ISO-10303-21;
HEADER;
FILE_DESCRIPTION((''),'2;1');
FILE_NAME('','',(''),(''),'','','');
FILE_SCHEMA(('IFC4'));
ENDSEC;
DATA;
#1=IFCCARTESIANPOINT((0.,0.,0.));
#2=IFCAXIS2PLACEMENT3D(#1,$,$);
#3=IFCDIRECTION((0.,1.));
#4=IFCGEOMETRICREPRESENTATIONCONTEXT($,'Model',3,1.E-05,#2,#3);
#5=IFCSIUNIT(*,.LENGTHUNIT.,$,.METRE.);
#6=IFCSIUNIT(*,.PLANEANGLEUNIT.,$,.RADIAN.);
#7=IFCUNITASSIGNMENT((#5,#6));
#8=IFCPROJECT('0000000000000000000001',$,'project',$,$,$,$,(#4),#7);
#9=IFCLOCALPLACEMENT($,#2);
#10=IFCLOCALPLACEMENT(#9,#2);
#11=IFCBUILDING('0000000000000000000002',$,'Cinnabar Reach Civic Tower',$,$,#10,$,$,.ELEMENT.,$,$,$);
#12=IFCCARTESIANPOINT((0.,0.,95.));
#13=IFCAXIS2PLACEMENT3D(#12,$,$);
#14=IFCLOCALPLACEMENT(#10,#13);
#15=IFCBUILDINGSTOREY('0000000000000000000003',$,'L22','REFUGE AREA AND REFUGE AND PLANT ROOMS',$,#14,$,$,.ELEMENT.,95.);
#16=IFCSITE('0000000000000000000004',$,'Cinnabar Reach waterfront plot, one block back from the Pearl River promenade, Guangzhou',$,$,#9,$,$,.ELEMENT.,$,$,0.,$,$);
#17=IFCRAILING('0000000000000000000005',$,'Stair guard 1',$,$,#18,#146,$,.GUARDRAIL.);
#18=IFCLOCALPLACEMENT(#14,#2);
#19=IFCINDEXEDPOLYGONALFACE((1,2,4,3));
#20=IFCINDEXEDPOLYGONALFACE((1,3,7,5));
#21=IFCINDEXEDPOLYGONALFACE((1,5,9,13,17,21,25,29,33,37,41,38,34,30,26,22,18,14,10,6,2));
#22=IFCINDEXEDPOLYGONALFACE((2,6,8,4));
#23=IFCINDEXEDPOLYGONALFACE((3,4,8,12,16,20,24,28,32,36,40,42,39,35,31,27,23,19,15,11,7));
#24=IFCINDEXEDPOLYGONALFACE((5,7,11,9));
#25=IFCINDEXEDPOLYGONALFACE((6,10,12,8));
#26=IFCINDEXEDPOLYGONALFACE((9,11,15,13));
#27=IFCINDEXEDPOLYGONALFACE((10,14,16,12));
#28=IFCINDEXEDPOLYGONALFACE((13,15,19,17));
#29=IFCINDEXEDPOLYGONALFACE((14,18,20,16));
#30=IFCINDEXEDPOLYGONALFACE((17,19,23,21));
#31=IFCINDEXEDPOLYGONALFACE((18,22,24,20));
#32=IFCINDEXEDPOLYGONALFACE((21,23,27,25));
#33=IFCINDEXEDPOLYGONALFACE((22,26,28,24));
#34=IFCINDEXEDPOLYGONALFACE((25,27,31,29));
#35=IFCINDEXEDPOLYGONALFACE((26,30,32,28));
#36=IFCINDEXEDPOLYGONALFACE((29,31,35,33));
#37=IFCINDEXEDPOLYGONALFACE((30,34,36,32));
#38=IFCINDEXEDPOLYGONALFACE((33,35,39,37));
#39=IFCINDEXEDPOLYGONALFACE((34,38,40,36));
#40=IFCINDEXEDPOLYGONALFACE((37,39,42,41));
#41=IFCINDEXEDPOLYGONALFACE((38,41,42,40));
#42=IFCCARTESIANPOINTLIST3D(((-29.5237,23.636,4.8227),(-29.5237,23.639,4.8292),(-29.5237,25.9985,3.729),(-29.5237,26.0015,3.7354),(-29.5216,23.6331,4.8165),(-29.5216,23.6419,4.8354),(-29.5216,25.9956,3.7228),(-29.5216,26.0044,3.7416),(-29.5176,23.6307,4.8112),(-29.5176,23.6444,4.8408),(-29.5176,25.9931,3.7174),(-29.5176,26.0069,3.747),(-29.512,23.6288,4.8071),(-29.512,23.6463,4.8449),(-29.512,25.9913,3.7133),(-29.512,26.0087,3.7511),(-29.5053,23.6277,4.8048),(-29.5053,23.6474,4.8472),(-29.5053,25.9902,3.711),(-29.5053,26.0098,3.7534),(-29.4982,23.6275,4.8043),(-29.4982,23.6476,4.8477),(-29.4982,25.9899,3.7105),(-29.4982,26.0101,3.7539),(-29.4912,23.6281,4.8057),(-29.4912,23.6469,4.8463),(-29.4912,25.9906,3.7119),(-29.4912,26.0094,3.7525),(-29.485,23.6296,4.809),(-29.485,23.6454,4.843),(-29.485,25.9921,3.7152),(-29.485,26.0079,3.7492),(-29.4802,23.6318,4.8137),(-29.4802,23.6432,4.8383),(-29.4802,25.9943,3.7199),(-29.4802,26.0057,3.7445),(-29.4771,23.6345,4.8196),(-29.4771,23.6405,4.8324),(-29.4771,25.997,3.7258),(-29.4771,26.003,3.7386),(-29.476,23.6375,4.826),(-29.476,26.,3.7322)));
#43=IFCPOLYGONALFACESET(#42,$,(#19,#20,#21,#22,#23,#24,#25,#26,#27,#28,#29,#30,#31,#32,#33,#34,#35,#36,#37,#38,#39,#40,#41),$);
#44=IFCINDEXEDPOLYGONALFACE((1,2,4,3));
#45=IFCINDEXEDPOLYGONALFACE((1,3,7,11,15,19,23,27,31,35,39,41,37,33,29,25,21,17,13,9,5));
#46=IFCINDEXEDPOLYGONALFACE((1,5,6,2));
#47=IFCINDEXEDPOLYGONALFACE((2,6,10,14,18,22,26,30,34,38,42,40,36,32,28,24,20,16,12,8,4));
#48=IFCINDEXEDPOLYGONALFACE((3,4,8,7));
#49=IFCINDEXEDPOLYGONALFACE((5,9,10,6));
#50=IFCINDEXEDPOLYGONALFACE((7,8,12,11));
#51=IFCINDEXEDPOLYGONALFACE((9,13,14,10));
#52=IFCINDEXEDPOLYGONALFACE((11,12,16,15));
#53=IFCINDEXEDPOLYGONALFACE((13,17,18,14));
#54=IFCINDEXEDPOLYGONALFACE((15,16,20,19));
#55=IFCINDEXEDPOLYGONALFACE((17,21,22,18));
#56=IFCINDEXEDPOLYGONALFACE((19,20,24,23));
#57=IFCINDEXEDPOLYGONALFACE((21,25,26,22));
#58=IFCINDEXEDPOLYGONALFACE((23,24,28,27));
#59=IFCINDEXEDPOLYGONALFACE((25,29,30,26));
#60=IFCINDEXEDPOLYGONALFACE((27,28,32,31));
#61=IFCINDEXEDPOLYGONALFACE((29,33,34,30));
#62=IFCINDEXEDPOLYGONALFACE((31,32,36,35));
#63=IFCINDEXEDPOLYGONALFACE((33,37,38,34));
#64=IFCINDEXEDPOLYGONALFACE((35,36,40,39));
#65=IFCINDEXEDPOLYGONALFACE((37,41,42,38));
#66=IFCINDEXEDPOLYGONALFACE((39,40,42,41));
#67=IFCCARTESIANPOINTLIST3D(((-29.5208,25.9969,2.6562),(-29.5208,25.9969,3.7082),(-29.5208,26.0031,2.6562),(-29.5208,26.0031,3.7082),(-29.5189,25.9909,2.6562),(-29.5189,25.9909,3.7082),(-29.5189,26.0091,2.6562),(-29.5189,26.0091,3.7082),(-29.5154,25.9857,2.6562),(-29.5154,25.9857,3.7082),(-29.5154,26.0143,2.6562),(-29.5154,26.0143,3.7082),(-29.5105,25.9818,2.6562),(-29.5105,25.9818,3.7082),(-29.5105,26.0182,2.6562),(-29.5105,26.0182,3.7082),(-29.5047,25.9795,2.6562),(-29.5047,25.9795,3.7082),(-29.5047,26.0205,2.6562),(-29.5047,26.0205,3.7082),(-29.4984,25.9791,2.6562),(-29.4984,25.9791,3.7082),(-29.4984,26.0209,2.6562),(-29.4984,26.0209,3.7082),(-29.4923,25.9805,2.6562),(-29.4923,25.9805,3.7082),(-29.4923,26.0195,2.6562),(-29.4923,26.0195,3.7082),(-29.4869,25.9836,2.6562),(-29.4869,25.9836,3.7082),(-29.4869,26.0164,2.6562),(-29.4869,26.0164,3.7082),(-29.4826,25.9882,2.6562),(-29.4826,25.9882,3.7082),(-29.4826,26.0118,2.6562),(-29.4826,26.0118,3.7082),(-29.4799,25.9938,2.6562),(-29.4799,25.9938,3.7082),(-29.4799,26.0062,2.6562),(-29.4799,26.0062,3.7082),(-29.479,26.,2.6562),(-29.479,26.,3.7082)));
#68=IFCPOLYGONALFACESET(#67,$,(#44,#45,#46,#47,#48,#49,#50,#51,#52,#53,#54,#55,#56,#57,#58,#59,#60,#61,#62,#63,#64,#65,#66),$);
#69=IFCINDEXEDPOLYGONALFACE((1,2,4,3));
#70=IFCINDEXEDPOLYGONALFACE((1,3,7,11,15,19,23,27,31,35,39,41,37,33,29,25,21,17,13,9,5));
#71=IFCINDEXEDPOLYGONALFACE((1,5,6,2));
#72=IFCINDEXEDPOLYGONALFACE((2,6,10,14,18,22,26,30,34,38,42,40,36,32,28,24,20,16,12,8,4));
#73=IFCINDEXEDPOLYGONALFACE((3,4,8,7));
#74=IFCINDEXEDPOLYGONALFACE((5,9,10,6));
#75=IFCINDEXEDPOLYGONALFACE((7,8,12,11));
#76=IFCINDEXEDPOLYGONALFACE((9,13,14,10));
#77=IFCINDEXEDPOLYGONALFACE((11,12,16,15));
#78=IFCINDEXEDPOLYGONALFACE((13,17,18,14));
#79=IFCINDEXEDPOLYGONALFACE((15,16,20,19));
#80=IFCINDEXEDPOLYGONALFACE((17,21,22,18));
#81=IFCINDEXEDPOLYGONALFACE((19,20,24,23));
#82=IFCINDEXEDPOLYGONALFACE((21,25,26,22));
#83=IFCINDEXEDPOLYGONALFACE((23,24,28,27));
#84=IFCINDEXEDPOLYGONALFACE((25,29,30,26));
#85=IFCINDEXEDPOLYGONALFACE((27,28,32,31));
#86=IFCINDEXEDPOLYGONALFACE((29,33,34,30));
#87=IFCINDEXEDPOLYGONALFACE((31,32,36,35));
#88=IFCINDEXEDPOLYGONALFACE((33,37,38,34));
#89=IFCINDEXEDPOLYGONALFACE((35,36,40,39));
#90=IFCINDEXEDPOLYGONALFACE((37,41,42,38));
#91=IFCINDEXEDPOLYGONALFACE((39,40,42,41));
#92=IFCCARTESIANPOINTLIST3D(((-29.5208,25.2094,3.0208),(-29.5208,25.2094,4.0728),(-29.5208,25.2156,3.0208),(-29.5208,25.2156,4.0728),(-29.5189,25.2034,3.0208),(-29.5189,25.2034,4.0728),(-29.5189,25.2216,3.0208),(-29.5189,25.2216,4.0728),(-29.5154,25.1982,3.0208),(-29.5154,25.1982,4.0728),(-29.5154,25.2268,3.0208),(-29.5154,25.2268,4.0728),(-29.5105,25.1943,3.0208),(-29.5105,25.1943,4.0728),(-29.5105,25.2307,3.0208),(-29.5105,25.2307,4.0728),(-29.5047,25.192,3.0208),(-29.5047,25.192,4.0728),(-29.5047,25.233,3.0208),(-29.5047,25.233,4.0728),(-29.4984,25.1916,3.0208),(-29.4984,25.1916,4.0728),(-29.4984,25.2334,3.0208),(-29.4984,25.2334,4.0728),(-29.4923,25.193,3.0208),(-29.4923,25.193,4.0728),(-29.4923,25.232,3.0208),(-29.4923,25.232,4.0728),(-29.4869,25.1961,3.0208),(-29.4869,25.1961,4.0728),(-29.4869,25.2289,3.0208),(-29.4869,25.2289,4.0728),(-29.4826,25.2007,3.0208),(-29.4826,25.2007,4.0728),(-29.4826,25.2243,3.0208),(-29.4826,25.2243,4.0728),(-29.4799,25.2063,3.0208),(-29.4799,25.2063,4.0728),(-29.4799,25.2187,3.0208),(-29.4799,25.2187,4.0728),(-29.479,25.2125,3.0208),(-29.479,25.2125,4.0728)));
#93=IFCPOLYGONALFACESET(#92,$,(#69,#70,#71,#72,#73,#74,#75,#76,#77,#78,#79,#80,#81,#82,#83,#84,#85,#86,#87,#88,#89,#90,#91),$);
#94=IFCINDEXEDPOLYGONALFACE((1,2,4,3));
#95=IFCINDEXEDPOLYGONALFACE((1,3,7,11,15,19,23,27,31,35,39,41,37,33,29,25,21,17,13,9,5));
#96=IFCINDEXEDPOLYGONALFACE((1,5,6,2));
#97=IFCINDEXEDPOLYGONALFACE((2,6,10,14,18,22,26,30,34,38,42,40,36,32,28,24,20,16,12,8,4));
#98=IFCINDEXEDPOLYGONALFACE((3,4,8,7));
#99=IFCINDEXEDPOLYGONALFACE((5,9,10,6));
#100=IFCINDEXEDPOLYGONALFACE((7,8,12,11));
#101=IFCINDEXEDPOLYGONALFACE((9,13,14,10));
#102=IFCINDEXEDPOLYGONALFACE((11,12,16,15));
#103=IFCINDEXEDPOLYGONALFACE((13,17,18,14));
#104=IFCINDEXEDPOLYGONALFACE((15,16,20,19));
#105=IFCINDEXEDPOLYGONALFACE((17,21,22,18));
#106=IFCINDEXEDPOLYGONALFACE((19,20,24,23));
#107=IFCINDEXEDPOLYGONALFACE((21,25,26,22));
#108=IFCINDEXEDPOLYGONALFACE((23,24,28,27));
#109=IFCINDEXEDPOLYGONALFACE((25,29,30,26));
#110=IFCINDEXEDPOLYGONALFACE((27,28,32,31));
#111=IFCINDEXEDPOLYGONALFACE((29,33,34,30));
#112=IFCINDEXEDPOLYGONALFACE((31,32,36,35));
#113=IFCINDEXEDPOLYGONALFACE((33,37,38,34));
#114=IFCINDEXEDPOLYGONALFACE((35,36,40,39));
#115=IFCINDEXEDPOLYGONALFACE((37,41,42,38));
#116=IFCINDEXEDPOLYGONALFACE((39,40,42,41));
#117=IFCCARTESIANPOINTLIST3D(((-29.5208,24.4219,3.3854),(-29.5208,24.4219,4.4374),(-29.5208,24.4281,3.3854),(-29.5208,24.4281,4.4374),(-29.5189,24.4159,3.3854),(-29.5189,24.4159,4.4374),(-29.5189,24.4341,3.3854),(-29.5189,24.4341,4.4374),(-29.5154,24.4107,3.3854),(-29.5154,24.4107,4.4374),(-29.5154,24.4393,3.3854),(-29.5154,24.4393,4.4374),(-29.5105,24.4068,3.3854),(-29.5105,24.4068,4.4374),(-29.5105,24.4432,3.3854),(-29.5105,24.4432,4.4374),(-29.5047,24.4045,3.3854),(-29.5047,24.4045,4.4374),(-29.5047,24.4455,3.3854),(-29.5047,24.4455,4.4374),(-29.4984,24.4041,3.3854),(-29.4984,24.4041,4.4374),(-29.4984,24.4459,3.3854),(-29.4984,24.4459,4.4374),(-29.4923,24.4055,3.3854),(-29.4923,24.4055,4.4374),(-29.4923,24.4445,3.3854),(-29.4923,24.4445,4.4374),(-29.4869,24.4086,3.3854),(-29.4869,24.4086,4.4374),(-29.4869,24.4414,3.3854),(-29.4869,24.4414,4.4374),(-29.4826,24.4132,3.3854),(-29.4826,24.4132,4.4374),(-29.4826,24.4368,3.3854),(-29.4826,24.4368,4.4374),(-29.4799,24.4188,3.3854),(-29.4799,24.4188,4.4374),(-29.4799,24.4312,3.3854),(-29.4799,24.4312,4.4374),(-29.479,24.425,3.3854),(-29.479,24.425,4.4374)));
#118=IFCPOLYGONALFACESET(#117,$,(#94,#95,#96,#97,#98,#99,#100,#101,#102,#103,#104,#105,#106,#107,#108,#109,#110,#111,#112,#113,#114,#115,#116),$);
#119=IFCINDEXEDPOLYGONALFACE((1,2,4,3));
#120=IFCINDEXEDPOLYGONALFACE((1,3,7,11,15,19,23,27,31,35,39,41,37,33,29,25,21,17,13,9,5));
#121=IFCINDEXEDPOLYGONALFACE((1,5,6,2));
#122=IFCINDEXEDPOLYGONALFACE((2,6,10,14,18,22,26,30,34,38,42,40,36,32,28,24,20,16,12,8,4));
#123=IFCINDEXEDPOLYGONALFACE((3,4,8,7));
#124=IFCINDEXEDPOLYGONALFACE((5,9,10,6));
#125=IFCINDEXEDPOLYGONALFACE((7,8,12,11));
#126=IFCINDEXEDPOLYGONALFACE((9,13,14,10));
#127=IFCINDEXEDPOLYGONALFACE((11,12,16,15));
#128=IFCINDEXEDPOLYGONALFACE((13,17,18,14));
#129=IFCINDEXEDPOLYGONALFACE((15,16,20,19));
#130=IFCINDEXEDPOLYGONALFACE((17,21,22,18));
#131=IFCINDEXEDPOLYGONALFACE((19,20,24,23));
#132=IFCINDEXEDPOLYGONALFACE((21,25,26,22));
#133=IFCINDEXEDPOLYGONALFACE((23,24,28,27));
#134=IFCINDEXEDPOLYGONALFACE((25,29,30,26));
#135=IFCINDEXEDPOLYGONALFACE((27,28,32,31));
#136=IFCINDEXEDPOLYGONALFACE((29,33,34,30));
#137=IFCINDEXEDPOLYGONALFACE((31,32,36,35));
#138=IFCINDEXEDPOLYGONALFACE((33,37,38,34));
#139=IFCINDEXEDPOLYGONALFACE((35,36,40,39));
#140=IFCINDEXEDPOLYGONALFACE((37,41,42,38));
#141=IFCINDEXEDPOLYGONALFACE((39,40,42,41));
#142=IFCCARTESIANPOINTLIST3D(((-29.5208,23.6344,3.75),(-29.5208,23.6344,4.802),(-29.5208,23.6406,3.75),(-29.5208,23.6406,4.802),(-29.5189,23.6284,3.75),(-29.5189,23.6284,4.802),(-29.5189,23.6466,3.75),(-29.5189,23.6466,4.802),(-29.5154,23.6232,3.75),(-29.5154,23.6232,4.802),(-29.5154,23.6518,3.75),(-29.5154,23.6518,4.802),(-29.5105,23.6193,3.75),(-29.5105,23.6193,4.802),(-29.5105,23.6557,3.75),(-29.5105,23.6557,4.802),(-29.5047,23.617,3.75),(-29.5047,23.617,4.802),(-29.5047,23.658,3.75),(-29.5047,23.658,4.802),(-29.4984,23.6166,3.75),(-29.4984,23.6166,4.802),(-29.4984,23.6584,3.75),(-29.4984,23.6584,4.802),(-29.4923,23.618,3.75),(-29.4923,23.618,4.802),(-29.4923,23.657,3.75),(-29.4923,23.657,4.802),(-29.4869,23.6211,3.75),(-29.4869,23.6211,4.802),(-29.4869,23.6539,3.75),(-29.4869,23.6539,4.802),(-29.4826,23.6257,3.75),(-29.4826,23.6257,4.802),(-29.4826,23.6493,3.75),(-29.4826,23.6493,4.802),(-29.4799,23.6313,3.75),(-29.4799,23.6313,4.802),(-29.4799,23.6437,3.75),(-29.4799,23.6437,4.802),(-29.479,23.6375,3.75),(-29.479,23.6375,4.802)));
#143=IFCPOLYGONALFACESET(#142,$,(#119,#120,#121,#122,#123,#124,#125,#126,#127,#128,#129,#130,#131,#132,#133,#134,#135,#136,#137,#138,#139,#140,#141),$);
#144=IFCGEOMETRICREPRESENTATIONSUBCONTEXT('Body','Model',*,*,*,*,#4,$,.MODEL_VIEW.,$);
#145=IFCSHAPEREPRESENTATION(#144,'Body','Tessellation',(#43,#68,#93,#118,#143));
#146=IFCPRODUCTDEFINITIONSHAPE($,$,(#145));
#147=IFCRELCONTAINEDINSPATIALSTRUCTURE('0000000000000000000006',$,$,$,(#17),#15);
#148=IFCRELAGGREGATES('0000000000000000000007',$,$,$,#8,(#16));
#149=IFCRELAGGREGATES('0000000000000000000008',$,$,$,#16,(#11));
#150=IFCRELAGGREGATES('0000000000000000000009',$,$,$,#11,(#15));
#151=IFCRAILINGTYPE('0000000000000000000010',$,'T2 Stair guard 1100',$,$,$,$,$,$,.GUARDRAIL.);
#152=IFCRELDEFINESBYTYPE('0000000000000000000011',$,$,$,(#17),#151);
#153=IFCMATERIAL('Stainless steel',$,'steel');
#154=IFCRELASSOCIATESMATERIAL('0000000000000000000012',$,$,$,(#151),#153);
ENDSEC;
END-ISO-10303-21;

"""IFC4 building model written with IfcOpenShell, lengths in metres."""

from ifc_helpers import new_model, si_unit, direction, frame, origin, origin_2d, place, context, subcontext, project, spatial, circle, extrude, material, type_object, element, save


model = new_model("IFC4")

# Units and contexts
model_context = context("Model", 3, precision=1e-05, world=origin(), true_north=direction((0.0, 1.0)))
body_context = subcontext(model_context, "Body", "Model", "MODEL_VIEW")
ifc_project = project(units=[si_unit("LENGTHUNIT", "METRE"), si_unit("PLANEANGLEUNIT", "RADIAN")], contexts=[model_context])

# Site, building, storey
site_placement = place(None, origin())
site = spatial("IfcSite", under=ifc_project, at=site_placement, Name="Cinnabar Reach waterfront plot, one block back from the Pearl River promenade, Guangzhou", CompositionType="ELEMENT", RefElevation=0.0)
building_placement = place(site_placement, origin())
building = spatial("IfcBuilding", under=site, at=building_placement, Name="Cinnabar Reach Civic Tower", CompositionType="ELEMENT")
storey_placement = place(building_placement, frame((0.0, 0.0, 95.0)))
storey = spatial("IfcBuildingStorey", under=building, at=storey_placement, Name="L22", Description="REFUGE AREA AND REFUGE AND PLANT ROOMS", CompositionType="ELEMENT", Elevation=95.0)

# Railing
ifc_material_1 = material(Name="Stainless steel", Category="steel")
railing_type = type_object("IfcRailingType", Name="T2 Stair guard 1100", PredefinedType="GUARDRAIL", material=ifc_material_1)
railing_1_placement = place(storey_placement, frame((-29.5, 26.0, 2.6562)))
element("IfcRailing", 1, at=railing_1_placement, inside=storey, type_object=railing_type, Name="Stair guard 1", PredefinedType="GUARDRAIL", context=body_context, shape_type="SweptSolid", body=[
    extrude(circle(Radius=0.024, at=origin_2d()), frame((0.0, 0.0, 1.076), z_axis=(0.0, -0.90746, 0.420139), x_axis=(1.0, 0.0, 0.0)), (0.0, 0.0, 1.0), 2.6034),
    extrude(circle(Radius=0.021, at=origin_2d()), origin(), (0.0, 0.0, 1.0), 1.052),
    extrude(circle(Radius=0.021, at=origin_2d()), frame((0.0, -0.7875, 0.3646)), (0.0, 0.0, 1.0), 1.052),
    extrude(circle(Radius=0.021, at=origin_2d()), frame((0.0, -1.575, 0.7292)), (0.0, 0.0, 1.0), 1.052),
    extrude(circle(Radius=0.021, at=origin_2d()), frame((0.0, -2.3625, 1.0938)), (0.0, 0.0, 1.0), 1.052),
])

save(model, "model.ifc")
